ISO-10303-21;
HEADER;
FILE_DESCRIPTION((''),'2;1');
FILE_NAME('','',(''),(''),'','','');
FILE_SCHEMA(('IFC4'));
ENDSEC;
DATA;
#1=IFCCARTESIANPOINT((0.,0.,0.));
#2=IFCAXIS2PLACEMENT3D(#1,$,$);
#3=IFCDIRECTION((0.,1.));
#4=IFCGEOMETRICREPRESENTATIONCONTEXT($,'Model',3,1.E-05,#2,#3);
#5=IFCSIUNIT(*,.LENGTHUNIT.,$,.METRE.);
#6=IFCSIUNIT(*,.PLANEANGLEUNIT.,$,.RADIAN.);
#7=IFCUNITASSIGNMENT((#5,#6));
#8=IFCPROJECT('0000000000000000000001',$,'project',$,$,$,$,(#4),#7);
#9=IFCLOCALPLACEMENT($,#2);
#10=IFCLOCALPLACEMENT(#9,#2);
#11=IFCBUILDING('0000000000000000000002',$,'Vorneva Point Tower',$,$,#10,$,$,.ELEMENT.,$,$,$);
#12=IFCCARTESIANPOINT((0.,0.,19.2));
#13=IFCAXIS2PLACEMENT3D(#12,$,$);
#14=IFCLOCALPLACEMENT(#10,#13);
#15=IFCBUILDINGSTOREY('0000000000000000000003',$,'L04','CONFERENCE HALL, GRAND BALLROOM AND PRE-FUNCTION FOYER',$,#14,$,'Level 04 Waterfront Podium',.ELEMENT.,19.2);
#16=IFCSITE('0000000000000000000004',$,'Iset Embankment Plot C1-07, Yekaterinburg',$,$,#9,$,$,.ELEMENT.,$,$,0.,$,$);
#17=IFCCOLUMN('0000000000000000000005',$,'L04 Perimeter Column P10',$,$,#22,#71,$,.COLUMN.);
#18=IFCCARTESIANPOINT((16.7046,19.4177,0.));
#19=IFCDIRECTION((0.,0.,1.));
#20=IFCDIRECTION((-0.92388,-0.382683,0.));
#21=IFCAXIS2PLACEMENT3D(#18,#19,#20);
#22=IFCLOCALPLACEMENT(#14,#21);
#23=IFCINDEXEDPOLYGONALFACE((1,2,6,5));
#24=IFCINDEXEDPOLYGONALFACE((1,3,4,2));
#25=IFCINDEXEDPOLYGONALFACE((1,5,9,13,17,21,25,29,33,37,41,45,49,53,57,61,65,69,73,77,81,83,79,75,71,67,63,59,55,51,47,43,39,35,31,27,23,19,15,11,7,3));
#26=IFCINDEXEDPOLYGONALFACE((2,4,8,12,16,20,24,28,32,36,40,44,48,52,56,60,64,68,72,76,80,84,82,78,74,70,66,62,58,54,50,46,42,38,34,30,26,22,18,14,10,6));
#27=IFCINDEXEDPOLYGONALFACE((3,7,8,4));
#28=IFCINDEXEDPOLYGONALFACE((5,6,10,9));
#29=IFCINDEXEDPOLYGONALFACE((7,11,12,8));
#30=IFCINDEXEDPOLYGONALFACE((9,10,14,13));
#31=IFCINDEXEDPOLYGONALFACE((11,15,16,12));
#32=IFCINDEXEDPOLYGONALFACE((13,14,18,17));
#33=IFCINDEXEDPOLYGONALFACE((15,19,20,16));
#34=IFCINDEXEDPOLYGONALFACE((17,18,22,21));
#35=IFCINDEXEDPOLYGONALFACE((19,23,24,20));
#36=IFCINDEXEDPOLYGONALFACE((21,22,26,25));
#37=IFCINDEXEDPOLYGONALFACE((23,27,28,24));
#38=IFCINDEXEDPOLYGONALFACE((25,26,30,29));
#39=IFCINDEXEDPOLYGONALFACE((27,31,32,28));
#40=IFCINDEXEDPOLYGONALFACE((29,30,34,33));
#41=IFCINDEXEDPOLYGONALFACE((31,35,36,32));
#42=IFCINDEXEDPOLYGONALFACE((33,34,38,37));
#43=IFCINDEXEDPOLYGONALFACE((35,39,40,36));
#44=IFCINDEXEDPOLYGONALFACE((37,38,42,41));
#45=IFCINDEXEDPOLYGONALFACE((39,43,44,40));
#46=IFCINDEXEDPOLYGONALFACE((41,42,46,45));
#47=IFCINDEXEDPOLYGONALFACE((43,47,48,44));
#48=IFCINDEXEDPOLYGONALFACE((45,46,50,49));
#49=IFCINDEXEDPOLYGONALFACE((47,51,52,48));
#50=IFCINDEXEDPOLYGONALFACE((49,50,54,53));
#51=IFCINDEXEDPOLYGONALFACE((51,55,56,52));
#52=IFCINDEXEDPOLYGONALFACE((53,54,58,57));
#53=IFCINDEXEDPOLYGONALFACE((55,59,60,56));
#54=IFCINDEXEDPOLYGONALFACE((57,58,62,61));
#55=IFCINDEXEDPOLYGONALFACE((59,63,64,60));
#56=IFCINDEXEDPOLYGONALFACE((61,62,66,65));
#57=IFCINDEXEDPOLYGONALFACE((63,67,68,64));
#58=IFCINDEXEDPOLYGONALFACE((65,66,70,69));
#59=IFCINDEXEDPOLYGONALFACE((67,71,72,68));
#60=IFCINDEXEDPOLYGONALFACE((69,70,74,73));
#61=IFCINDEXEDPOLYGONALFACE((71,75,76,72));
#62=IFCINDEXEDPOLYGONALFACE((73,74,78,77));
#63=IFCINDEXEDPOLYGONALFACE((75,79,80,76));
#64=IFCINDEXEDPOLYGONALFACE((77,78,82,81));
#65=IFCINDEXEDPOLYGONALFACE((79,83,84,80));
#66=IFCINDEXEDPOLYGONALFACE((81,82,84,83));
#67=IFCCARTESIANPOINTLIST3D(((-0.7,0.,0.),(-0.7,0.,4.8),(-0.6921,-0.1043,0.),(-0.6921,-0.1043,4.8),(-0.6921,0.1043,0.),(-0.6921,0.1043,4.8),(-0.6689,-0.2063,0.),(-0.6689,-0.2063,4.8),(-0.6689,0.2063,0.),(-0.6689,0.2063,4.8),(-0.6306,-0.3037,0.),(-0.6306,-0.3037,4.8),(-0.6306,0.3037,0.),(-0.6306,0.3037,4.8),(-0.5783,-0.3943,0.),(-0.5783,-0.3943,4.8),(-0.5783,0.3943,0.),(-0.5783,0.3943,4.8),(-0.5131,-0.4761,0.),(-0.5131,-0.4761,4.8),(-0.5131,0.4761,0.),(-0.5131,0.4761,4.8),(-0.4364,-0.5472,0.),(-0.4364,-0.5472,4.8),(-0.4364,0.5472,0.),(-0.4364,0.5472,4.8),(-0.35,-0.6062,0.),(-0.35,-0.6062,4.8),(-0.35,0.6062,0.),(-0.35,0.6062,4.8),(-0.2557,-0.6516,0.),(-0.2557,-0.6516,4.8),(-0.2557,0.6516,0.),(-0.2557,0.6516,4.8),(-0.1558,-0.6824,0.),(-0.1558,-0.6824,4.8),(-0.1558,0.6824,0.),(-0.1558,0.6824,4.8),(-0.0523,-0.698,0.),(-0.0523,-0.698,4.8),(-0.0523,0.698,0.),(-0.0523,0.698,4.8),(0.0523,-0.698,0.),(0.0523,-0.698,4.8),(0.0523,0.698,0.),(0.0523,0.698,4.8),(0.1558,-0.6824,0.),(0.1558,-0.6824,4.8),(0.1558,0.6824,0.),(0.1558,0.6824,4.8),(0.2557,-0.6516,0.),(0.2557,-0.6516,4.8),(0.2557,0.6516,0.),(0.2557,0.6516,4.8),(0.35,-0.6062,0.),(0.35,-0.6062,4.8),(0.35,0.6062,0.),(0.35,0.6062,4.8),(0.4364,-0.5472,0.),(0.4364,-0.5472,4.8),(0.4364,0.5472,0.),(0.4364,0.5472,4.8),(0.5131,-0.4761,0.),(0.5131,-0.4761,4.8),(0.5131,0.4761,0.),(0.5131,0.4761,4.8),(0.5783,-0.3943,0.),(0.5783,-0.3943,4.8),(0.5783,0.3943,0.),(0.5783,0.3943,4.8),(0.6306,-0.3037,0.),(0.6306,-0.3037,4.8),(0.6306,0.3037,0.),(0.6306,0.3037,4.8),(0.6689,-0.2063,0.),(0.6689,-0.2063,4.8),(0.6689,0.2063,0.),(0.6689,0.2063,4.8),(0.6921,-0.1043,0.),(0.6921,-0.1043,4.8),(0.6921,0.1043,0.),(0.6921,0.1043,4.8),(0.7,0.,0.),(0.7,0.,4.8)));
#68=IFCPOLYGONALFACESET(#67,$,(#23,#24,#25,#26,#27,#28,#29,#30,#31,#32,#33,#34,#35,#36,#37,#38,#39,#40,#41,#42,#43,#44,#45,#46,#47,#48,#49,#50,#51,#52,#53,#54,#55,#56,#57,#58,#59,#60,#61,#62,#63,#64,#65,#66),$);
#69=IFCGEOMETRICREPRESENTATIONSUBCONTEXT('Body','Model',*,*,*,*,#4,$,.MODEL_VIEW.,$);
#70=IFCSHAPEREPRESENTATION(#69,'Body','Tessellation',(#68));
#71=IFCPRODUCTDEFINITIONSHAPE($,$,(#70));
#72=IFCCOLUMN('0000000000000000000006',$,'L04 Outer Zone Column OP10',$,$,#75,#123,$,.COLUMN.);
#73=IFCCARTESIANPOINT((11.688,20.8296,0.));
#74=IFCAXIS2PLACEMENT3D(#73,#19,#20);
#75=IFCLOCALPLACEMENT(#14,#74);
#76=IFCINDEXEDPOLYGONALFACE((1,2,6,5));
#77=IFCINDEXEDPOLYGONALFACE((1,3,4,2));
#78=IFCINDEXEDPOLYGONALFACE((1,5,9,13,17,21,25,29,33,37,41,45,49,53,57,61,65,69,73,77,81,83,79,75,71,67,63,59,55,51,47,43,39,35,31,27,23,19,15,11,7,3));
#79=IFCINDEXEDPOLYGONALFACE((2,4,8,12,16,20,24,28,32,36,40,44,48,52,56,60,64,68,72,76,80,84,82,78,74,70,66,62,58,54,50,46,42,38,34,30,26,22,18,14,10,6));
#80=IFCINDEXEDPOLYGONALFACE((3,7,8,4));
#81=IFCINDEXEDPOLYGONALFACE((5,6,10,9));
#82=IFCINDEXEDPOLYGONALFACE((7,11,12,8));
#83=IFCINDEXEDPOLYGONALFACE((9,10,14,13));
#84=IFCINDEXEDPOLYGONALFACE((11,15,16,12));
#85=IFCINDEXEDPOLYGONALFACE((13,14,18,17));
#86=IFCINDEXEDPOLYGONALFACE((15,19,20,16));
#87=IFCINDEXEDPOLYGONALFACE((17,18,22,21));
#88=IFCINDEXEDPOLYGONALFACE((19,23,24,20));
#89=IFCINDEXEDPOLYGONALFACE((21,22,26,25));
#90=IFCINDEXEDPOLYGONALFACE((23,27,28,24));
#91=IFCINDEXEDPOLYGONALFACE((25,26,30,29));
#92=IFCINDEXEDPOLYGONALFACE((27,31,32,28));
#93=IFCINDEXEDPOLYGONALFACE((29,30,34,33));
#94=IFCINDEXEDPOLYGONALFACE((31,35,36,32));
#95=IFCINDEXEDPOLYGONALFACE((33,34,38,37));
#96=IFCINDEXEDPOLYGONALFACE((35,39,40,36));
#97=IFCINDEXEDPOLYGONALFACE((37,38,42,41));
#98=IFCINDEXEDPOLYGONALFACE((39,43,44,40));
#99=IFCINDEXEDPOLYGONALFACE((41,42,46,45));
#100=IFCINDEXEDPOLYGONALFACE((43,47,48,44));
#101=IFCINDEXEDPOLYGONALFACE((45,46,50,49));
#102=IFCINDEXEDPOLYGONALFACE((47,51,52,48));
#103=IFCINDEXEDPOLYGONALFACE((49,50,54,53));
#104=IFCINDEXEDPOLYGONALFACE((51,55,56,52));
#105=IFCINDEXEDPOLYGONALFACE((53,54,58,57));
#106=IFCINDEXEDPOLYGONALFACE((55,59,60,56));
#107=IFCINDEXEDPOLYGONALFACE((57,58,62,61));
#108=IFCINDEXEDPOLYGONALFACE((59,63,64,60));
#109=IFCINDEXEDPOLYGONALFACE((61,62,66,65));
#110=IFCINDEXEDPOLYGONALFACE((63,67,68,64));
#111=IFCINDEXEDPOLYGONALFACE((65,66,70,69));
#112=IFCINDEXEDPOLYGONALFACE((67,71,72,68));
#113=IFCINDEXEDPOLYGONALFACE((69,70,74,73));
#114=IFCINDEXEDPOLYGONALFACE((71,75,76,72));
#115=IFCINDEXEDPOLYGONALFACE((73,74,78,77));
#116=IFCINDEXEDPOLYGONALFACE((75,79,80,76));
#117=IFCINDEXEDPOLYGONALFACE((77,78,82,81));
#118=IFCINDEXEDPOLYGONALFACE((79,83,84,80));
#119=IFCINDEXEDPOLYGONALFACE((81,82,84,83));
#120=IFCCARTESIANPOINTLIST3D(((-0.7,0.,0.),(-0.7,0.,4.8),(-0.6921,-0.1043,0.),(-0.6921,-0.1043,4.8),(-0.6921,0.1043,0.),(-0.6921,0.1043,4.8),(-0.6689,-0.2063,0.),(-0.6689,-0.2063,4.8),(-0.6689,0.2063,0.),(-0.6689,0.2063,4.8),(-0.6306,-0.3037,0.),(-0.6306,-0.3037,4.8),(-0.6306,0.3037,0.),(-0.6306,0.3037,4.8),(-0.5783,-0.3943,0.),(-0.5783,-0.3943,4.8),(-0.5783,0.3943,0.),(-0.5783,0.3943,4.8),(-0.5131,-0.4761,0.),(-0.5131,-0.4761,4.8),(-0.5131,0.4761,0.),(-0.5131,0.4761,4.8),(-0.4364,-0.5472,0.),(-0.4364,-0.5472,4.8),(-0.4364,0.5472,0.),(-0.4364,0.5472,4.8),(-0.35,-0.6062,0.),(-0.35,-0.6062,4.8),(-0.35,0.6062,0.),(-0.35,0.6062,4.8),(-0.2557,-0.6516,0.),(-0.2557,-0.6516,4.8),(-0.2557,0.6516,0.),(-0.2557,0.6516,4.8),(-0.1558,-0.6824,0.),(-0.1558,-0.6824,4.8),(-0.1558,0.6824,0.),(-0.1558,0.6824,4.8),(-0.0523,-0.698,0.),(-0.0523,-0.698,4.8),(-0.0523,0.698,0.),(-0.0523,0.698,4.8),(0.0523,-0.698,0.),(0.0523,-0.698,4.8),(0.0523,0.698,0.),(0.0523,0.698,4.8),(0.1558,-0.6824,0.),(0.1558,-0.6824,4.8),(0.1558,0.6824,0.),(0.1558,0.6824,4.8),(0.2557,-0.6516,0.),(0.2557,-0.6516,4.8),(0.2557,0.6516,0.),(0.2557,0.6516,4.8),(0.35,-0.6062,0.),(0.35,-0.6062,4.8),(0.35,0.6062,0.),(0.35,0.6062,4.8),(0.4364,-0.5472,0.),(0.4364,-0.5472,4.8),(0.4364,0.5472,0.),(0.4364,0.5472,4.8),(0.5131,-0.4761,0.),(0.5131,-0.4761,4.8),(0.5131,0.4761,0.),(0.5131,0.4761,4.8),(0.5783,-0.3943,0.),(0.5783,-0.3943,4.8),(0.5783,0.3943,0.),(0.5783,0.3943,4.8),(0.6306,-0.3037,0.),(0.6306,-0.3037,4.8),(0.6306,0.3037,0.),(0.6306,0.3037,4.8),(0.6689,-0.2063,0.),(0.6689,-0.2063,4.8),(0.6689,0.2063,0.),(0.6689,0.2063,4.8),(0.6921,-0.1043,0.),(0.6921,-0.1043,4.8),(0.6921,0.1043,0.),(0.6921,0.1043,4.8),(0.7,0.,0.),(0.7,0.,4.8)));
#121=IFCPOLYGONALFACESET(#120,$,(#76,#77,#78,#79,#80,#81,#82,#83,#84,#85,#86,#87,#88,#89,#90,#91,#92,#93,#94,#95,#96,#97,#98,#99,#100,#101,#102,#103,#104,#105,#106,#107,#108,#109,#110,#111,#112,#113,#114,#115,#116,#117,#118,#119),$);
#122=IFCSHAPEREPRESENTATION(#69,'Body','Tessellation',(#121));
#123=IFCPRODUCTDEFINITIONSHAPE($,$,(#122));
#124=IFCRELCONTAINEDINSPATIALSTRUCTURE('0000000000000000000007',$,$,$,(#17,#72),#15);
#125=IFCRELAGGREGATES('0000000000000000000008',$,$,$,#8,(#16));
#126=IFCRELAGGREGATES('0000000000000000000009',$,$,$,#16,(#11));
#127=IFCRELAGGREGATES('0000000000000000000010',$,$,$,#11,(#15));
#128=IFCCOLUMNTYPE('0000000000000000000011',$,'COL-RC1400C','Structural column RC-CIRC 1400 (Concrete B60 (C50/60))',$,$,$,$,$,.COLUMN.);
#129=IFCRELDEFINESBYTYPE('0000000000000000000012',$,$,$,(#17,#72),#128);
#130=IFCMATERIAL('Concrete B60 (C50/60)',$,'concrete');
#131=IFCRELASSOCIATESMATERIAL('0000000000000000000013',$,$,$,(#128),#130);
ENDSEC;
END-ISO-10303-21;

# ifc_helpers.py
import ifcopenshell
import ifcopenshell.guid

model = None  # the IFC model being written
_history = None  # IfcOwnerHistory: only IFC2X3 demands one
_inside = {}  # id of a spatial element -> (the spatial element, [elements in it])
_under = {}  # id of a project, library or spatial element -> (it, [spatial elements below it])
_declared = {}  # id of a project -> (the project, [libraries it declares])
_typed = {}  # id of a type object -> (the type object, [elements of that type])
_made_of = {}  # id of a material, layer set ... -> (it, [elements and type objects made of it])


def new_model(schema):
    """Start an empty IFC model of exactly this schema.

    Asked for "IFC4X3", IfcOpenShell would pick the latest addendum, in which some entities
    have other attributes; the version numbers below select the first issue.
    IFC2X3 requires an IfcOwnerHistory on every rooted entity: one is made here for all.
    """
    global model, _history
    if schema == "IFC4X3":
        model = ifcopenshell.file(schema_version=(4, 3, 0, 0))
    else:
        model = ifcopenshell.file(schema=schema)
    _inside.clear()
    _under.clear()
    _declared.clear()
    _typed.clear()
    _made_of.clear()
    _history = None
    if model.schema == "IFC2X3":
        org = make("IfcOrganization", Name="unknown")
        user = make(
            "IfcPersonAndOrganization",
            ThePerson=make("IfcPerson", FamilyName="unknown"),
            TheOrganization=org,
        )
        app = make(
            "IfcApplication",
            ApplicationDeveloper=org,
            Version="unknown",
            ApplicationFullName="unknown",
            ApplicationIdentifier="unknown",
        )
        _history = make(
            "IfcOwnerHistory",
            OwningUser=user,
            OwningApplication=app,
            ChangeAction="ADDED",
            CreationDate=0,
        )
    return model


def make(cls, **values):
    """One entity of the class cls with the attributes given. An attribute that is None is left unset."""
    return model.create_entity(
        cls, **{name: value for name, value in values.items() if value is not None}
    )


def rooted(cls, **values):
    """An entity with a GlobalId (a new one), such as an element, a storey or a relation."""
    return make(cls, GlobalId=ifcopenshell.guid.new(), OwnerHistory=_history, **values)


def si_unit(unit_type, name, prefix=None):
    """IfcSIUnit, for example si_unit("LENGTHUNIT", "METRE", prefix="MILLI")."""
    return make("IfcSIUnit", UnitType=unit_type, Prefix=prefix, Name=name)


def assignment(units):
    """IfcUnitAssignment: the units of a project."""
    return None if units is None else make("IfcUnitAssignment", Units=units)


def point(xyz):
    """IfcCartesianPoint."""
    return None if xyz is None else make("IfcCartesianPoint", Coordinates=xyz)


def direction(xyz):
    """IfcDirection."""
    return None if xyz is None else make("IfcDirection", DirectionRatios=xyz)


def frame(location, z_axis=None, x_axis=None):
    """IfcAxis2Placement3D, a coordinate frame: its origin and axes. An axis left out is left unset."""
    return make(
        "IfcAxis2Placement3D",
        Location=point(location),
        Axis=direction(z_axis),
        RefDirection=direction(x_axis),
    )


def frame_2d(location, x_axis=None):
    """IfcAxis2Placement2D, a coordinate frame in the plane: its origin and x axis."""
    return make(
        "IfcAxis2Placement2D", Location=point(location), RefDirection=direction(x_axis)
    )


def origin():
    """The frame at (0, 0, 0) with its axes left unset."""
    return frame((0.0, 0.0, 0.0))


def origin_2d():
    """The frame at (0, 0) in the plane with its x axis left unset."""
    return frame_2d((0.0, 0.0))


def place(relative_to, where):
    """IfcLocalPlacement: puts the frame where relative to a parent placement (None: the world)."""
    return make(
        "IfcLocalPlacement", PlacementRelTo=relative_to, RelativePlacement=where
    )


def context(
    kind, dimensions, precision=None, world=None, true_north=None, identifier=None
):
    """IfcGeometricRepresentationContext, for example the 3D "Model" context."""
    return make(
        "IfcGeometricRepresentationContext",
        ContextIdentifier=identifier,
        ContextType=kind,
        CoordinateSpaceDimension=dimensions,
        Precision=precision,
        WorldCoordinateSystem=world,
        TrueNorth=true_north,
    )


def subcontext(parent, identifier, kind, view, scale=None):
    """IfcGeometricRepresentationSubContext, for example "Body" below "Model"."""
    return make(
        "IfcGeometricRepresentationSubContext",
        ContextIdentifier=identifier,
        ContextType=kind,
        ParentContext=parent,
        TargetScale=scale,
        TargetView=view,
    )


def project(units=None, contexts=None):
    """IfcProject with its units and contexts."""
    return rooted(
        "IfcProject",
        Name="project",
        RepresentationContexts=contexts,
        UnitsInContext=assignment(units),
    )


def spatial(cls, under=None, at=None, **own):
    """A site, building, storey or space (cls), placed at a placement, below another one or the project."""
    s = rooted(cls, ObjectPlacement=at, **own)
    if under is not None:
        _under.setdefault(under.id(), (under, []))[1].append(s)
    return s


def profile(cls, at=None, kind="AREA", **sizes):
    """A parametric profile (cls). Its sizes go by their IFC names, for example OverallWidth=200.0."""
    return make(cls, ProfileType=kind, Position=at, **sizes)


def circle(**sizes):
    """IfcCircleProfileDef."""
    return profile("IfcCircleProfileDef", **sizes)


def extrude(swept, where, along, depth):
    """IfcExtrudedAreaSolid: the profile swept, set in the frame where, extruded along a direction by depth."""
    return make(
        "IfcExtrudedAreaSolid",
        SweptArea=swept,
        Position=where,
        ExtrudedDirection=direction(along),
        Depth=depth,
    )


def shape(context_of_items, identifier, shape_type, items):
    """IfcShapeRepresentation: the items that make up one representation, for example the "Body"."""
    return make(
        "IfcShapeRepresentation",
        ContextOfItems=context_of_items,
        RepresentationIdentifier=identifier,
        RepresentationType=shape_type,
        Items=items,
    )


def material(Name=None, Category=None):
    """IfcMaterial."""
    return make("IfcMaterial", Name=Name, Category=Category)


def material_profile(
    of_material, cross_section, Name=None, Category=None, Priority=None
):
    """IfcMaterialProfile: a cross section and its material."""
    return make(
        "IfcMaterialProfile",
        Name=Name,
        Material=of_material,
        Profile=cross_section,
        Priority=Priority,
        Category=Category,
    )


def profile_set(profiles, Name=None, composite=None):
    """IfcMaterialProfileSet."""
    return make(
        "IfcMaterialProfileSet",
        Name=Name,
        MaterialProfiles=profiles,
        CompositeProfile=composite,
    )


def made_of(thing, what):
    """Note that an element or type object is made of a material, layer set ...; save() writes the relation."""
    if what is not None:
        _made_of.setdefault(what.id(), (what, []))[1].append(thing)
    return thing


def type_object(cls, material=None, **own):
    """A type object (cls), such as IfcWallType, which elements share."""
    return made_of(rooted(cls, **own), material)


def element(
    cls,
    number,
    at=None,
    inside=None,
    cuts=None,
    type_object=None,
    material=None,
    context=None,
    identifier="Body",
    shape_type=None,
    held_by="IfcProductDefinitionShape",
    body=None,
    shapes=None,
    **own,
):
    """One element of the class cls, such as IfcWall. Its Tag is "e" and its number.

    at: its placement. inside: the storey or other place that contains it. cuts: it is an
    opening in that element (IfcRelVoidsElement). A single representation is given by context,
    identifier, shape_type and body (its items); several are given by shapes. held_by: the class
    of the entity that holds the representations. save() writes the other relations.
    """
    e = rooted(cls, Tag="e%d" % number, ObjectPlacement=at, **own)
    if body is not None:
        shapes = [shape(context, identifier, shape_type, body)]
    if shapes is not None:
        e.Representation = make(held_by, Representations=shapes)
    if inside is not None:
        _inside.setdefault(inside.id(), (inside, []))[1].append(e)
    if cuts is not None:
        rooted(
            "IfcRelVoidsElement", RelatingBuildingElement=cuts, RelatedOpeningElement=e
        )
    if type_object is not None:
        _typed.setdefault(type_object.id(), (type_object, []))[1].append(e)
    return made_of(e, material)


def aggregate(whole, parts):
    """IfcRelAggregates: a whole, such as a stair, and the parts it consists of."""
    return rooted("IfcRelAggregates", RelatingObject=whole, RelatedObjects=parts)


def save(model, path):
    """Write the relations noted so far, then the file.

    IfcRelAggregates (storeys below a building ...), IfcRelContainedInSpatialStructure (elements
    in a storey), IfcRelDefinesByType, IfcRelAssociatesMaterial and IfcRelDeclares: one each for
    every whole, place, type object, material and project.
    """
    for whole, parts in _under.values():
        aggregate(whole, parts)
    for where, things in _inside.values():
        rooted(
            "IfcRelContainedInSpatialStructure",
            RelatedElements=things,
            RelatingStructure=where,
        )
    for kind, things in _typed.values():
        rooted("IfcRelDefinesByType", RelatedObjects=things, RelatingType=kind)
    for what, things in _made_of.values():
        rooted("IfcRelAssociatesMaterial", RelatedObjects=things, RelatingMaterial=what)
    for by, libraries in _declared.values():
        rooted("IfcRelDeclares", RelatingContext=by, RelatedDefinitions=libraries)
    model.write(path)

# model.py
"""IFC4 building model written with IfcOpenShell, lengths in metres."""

from ifc_helpers import new_model, si_unit, direction, frame, origin, origin_2d, place, context, subcontext, project, spatial, circle, extrude, material, material_profile, profile_set, type_object, element, save


model = new_model("IFC4")

# Units and contexts
model_context = context("Model", 3, precision=1e-05, world=origin(), true_north=direction((0.0, 1.0)))
body_context = subcontext(model_context, "Body", "Model", "MODEL_VIEW")
ifc_project = project(units=[si_unit("LENGTHUNIT", "METRE"), si_unit("PLANEANGLEUNIT", "RADIAN")], contexts=[model_context])

# Site, building, storey
site_placement = place(None, origin())
site = spatial("IfcSite", under=ifc_project, at=site_placement, Name="Iset Embankment Plot C1-07, Yekaterinburg", CompositionType="ELEMENT", RefElevation=0.0)
building_placement = place(site_placement, origin())
building = spatial("IfcBuilding", under=site, at=building_placement, Name="Vorneva Point Tower", CompositionType="ELEMENT")
storey_placement = place(building_placement, frame((0.0, 0.0, 19.2)))
storey = spatial("IfcBuildingStorey", under=building, at=storey_placement, Name="L04", Description="CONFERENCE HALL, GRAND BALLROOM AND PRE-FUNCTION FOYER", LongName="Level 04 Waterfront Podium", CompositionType="ELEMENT", Elevation=19.2)

# Columns
ifc_material_1 = material(Name="Concrete B60 (C50/60)", Category="concrete")
ifc_material_profile_1 = material_profile(ifc_material_1, circle(Radius=0.7, at=origin_2d()), Name="RC-CIRC 1400")
ifc_profile_set_1 = profile_set([ifc_material_profile_1], Name="Concrete B60 (C50/60)")
column_type = type_object("IfcColumnType", Name="COL-RC1400C", Description="Structural column RC-CIRC 1400 (Concrete B60 (C50/60))", PredefinedType="COLUMN", material=ifc_profile_set_1)
for number, where, z_axis, x_axis, name in (
    (1, (16.7046, 19.4177, 0.0), (0.0, 0.0, 1.0), (-0.92388, -0.382683, 0.0), "L04 Perimeter Column P10"),
    (2, (11.688, 20.8296, 0.0), (0.0, 0.0, 1.0), (-0.92388, -0.382683, 0.0), "L04 Outer Zone Column OP10"),
):
    element("IfcColumn", number, at=place(storey_placement, frame(where, z_axis=z_axis, x_axis=x_axis)), inside=storey, type_object=column_type, Name=name, PredefinedType="COLUMN", context=body_context, shape_type="SweptSolid", body=[
        extrude(circle(Radius=0.7, at=origin_2d()), origin(), (0.0, 0.0, 1.0), 4.8),
    ])

save(model, "model.ifc")
